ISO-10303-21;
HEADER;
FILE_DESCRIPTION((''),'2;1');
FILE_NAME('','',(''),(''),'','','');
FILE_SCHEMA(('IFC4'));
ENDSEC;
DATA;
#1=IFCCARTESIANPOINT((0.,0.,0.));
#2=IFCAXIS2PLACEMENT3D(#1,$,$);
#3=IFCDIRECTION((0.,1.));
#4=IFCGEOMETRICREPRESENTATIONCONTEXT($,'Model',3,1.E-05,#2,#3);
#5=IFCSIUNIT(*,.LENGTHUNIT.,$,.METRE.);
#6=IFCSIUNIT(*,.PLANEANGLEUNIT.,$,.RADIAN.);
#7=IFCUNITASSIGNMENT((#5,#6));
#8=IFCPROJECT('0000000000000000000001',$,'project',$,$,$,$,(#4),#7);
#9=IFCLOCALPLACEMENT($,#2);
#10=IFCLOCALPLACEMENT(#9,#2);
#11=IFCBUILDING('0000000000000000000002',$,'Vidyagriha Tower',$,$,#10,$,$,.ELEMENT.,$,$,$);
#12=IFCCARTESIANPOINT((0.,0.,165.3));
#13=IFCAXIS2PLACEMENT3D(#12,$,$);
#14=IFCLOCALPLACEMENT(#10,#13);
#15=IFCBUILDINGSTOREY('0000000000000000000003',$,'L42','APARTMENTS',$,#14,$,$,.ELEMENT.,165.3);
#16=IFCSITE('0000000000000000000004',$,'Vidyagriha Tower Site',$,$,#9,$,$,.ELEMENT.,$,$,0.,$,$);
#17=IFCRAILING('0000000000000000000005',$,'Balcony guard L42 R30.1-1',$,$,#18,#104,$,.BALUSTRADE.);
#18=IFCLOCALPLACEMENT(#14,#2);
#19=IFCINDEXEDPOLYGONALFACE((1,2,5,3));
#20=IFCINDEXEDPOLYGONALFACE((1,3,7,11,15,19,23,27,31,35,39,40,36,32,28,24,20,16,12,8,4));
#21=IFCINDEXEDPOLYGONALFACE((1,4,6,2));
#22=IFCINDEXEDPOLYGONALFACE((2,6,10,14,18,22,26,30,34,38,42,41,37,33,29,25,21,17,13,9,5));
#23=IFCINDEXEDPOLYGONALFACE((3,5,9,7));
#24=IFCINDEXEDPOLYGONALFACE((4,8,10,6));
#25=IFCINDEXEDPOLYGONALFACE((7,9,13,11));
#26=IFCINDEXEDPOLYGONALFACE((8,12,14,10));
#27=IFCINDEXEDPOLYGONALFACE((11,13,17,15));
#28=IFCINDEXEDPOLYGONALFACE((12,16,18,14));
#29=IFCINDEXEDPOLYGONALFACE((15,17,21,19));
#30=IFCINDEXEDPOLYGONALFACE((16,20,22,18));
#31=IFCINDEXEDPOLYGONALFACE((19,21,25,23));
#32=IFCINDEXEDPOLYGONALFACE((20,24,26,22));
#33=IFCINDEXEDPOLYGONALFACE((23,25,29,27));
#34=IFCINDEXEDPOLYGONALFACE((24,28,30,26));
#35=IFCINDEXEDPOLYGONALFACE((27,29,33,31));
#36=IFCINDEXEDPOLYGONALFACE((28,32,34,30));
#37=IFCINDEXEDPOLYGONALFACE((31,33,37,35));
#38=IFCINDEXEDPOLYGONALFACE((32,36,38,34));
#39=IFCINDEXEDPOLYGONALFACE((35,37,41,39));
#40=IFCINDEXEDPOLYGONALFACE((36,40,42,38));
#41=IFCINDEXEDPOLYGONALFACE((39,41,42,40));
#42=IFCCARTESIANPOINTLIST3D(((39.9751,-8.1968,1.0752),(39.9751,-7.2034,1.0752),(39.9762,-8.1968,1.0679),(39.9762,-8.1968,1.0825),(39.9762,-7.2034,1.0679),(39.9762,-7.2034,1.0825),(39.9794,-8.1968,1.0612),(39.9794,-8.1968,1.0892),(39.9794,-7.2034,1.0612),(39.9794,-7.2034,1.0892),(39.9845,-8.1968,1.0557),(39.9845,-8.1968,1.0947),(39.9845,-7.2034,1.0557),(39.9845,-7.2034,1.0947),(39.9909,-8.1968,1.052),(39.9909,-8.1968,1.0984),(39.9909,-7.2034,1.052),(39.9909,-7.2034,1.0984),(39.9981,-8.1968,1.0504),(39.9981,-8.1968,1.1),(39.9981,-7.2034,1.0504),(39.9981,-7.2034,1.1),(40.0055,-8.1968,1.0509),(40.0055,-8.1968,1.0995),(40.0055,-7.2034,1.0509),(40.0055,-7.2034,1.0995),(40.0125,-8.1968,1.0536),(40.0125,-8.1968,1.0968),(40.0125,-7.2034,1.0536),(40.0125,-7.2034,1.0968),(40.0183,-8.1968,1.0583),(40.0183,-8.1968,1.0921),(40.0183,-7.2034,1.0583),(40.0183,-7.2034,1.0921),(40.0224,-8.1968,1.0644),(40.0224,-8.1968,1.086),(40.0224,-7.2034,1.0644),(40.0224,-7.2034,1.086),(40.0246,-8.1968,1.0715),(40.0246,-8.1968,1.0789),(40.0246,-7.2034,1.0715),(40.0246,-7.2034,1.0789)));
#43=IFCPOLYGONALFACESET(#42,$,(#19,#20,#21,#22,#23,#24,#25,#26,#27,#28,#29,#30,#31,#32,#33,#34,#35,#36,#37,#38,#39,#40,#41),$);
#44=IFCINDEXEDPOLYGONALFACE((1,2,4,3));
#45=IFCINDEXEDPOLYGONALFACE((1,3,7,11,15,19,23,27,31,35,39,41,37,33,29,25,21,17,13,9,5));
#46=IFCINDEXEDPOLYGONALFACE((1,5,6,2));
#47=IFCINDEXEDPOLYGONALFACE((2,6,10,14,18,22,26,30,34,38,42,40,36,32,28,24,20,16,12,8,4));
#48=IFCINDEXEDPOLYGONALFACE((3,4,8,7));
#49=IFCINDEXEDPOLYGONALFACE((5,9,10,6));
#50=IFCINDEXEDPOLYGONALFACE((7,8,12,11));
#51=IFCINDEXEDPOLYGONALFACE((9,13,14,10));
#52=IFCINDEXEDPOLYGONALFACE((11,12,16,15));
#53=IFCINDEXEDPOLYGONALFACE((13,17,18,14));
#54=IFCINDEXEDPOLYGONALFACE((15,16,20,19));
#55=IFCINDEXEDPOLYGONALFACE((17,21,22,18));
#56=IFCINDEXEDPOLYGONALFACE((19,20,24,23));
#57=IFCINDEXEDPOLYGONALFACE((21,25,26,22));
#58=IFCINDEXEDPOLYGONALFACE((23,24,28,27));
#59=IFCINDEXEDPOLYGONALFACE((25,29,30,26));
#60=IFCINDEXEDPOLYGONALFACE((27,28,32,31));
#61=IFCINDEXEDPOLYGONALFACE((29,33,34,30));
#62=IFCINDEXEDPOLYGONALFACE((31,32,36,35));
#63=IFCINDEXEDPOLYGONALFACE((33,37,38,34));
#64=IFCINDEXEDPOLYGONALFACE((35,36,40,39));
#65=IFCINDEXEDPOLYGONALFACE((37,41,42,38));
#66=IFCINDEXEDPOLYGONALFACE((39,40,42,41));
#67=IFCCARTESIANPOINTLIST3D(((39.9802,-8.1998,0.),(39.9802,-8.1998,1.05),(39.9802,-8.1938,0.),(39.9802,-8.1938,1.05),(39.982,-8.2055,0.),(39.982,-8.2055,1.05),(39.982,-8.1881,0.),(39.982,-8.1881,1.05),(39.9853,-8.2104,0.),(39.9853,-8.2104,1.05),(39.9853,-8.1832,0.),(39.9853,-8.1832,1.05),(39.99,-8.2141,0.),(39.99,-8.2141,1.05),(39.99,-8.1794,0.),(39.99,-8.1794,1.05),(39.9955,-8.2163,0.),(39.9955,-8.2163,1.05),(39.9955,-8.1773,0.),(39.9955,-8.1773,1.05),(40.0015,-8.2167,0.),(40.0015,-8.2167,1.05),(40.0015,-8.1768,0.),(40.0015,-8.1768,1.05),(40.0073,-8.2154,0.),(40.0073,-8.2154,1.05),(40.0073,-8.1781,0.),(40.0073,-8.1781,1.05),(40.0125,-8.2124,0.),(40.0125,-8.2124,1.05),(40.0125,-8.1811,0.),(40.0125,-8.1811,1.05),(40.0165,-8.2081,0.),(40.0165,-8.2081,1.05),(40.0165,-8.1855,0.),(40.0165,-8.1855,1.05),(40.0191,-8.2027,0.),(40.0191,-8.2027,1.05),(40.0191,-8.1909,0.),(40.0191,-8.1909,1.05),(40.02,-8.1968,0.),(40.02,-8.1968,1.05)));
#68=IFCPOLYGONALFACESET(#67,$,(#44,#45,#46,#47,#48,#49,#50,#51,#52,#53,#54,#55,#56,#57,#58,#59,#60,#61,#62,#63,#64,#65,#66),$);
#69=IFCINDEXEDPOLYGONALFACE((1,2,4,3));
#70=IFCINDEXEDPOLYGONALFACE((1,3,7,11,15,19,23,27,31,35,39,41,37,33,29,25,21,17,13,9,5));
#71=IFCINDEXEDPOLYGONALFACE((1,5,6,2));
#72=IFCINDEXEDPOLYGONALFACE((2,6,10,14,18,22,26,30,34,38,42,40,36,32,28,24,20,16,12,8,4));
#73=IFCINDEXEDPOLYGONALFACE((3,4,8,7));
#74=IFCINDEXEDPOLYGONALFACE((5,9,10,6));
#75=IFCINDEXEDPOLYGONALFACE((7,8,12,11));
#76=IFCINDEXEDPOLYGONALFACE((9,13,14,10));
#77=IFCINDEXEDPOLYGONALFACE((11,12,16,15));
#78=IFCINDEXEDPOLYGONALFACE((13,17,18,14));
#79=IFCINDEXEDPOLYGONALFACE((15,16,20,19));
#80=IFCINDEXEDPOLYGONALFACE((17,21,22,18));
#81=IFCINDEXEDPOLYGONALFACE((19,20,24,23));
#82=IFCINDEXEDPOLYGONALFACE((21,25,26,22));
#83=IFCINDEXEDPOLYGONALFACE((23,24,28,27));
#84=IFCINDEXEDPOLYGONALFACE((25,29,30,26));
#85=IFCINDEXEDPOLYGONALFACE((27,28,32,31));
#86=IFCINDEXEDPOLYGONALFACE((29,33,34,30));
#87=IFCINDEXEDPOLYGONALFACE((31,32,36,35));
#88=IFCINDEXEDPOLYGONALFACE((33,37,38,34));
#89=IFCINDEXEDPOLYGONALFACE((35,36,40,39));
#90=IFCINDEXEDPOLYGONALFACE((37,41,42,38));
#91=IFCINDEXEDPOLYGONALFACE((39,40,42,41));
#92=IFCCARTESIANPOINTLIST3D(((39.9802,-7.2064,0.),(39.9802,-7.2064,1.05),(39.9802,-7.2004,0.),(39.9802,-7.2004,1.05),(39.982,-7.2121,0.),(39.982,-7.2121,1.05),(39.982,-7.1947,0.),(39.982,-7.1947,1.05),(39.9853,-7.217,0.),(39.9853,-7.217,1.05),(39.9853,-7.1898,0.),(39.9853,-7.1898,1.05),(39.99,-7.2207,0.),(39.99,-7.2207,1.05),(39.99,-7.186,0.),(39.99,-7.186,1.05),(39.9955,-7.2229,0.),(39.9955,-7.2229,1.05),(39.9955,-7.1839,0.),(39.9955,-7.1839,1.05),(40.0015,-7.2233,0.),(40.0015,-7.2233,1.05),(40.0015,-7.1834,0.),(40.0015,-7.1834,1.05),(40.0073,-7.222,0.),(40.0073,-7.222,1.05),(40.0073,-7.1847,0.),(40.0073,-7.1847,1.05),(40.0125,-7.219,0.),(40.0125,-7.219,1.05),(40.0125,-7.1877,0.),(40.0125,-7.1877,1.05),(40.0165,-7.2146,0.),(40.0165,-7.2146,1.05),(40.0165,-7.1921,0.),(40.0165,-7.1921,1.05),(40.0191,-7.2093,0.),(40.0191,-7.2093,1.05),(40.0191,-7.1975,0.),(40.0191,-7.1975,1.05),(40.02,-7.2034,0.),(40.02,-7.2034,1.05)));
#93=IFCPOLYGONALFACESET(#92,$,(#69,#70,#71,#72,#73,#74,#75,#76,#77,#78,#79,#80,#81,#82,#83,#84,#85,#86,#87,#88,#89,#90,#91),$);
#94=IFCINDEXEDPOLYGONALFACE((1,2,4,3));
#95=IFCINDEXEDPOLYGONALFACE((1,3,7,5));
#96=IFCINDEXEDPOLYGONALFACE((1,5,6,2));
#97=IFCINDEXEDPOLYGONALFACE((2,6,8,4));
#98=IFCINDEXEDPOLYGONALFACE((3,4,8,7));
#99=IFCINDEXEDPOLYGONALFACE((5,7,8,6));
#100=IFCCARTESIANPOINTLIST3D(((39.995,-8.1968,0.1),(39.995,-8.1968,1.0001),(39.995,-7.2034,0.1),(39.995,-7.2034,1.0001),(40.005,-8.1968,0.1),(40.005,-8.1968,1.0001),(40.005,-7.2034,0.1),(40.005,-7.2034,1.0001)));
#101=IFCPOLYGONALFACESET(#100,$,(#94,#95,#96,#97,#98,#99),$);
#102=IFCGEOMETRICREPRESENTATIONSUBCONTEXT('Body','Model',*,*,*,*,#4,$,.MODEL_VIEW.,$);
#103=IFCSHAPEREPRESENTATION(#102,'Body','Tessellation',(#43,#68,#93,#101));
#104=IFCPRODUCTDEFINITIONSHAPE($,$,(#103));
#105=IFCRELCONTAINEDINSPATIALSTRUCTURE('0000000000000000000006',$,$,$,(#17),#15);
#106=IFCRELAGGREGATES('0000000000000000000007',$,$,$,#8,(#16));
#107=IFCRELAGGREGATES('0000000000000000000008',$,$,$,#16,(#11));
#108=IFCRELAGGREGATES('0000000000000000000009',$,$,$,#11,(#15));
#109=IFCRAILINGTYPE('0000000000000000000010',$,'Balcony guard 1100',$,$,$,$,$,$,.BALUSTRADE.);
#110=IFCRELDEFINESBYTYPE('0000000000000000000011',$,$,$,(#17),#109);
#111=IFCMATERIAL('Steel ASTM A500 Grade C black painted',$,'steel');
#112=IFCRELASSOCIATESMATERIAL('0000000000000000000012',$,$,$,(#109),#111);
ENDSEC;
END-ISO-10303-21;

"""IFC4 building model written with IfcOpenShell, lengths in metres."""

from ifc_helpers import new_model, si_unit, direction, frame, origin, origin_2d, place, context, subcontext, project, spatial, rectangle, circle, extrude, material, type_object, element, save


model = new_model("IFC4")

# Units and contexts
model_context = context("Model", 3, precision=1e-05, world=origin(), true_north=direction((0.0, 1.0)))
body_context = subcontext(model_context, "Body", "Model", "MODEL_VIEW")
ifc_project = project(units=[si_unit("LENGTHUNIT", "METRE"), si_unit("PLANEANGLEUNIT", "RADIAN")], contexts=[model_context])

# Site, building, storey
site_placement = place(None, origin())
site = spatial("IfcSite", under=ifc_project, at=site_placement, Name="Vidyagriha Tower Site", CompositionType="ELEMENT", RefElevation=0.0)
building_placement = place(site_placement, origin())
building = spatial("IfcBuilding", under=site, at=building_placement, Name="Vidyagriha Tower", CompositionType="ELEMENT")
storey_placement = place(building_placement, frame((0.0, 0.0, 165.3)))
storey = spatial("IfcBuildingStorey", under=building, at=storey_placement, Name="L42", Description="APARTMENTS", CompositionType="ELEMENT", Elevation=165.3)

# Railing
ifc_material_1 = material(Name="Steel ASTM A500 Grade C black painted", Category="steel")
railing_type = type_object("IfcRailingType", Name="Balcony guard 1100", PredefinedType="BALUSTRADE", material=ifc_material_1)
railing_1_placement = place(storey_placement, frame((40.0, -8.1968, 0.0)))
element("IfcRailing", 1, at=railing_1_placement, inside=storey, type_object=railing_type, Name="Balcony guard L42 R30.1-1", PredefinedType="BALUSTRADE", context=body_context, shape_type="SweptSolid", body=[
    extrude(circle(Radius=0.0249, at=origin_2d()), frame((0.0, 0.0, 1.0752), z_axis=(0.0, 1.0, 0.0), x_axis=(-1.0, 0.0, 0.0)), (0.0, 0.0, 1.0), 0.9934),
    extrude(circle(Radius=0.02, at=origin_2d()), origin(), (0.0, 0.0, 1.0), 1.05),
    extrude(circle(Radius=0.02, at=origin_2d()), frame((0.0, 0.9934, 0.0)), (0.0, 0.0, 1.0), 1.05),
    extrude(rectangle(XDim=0.01, YDim=0.9001, at=origin_2d()), frame((0.0, 0.0, 0.55), z_axis=(0.0, 1.0, 0.0), x_axis=(-1.0, 0.0, 0.0)), (0.0, 0.0, 1.0), 0.9934),
])

save(model, "model.ifc")
